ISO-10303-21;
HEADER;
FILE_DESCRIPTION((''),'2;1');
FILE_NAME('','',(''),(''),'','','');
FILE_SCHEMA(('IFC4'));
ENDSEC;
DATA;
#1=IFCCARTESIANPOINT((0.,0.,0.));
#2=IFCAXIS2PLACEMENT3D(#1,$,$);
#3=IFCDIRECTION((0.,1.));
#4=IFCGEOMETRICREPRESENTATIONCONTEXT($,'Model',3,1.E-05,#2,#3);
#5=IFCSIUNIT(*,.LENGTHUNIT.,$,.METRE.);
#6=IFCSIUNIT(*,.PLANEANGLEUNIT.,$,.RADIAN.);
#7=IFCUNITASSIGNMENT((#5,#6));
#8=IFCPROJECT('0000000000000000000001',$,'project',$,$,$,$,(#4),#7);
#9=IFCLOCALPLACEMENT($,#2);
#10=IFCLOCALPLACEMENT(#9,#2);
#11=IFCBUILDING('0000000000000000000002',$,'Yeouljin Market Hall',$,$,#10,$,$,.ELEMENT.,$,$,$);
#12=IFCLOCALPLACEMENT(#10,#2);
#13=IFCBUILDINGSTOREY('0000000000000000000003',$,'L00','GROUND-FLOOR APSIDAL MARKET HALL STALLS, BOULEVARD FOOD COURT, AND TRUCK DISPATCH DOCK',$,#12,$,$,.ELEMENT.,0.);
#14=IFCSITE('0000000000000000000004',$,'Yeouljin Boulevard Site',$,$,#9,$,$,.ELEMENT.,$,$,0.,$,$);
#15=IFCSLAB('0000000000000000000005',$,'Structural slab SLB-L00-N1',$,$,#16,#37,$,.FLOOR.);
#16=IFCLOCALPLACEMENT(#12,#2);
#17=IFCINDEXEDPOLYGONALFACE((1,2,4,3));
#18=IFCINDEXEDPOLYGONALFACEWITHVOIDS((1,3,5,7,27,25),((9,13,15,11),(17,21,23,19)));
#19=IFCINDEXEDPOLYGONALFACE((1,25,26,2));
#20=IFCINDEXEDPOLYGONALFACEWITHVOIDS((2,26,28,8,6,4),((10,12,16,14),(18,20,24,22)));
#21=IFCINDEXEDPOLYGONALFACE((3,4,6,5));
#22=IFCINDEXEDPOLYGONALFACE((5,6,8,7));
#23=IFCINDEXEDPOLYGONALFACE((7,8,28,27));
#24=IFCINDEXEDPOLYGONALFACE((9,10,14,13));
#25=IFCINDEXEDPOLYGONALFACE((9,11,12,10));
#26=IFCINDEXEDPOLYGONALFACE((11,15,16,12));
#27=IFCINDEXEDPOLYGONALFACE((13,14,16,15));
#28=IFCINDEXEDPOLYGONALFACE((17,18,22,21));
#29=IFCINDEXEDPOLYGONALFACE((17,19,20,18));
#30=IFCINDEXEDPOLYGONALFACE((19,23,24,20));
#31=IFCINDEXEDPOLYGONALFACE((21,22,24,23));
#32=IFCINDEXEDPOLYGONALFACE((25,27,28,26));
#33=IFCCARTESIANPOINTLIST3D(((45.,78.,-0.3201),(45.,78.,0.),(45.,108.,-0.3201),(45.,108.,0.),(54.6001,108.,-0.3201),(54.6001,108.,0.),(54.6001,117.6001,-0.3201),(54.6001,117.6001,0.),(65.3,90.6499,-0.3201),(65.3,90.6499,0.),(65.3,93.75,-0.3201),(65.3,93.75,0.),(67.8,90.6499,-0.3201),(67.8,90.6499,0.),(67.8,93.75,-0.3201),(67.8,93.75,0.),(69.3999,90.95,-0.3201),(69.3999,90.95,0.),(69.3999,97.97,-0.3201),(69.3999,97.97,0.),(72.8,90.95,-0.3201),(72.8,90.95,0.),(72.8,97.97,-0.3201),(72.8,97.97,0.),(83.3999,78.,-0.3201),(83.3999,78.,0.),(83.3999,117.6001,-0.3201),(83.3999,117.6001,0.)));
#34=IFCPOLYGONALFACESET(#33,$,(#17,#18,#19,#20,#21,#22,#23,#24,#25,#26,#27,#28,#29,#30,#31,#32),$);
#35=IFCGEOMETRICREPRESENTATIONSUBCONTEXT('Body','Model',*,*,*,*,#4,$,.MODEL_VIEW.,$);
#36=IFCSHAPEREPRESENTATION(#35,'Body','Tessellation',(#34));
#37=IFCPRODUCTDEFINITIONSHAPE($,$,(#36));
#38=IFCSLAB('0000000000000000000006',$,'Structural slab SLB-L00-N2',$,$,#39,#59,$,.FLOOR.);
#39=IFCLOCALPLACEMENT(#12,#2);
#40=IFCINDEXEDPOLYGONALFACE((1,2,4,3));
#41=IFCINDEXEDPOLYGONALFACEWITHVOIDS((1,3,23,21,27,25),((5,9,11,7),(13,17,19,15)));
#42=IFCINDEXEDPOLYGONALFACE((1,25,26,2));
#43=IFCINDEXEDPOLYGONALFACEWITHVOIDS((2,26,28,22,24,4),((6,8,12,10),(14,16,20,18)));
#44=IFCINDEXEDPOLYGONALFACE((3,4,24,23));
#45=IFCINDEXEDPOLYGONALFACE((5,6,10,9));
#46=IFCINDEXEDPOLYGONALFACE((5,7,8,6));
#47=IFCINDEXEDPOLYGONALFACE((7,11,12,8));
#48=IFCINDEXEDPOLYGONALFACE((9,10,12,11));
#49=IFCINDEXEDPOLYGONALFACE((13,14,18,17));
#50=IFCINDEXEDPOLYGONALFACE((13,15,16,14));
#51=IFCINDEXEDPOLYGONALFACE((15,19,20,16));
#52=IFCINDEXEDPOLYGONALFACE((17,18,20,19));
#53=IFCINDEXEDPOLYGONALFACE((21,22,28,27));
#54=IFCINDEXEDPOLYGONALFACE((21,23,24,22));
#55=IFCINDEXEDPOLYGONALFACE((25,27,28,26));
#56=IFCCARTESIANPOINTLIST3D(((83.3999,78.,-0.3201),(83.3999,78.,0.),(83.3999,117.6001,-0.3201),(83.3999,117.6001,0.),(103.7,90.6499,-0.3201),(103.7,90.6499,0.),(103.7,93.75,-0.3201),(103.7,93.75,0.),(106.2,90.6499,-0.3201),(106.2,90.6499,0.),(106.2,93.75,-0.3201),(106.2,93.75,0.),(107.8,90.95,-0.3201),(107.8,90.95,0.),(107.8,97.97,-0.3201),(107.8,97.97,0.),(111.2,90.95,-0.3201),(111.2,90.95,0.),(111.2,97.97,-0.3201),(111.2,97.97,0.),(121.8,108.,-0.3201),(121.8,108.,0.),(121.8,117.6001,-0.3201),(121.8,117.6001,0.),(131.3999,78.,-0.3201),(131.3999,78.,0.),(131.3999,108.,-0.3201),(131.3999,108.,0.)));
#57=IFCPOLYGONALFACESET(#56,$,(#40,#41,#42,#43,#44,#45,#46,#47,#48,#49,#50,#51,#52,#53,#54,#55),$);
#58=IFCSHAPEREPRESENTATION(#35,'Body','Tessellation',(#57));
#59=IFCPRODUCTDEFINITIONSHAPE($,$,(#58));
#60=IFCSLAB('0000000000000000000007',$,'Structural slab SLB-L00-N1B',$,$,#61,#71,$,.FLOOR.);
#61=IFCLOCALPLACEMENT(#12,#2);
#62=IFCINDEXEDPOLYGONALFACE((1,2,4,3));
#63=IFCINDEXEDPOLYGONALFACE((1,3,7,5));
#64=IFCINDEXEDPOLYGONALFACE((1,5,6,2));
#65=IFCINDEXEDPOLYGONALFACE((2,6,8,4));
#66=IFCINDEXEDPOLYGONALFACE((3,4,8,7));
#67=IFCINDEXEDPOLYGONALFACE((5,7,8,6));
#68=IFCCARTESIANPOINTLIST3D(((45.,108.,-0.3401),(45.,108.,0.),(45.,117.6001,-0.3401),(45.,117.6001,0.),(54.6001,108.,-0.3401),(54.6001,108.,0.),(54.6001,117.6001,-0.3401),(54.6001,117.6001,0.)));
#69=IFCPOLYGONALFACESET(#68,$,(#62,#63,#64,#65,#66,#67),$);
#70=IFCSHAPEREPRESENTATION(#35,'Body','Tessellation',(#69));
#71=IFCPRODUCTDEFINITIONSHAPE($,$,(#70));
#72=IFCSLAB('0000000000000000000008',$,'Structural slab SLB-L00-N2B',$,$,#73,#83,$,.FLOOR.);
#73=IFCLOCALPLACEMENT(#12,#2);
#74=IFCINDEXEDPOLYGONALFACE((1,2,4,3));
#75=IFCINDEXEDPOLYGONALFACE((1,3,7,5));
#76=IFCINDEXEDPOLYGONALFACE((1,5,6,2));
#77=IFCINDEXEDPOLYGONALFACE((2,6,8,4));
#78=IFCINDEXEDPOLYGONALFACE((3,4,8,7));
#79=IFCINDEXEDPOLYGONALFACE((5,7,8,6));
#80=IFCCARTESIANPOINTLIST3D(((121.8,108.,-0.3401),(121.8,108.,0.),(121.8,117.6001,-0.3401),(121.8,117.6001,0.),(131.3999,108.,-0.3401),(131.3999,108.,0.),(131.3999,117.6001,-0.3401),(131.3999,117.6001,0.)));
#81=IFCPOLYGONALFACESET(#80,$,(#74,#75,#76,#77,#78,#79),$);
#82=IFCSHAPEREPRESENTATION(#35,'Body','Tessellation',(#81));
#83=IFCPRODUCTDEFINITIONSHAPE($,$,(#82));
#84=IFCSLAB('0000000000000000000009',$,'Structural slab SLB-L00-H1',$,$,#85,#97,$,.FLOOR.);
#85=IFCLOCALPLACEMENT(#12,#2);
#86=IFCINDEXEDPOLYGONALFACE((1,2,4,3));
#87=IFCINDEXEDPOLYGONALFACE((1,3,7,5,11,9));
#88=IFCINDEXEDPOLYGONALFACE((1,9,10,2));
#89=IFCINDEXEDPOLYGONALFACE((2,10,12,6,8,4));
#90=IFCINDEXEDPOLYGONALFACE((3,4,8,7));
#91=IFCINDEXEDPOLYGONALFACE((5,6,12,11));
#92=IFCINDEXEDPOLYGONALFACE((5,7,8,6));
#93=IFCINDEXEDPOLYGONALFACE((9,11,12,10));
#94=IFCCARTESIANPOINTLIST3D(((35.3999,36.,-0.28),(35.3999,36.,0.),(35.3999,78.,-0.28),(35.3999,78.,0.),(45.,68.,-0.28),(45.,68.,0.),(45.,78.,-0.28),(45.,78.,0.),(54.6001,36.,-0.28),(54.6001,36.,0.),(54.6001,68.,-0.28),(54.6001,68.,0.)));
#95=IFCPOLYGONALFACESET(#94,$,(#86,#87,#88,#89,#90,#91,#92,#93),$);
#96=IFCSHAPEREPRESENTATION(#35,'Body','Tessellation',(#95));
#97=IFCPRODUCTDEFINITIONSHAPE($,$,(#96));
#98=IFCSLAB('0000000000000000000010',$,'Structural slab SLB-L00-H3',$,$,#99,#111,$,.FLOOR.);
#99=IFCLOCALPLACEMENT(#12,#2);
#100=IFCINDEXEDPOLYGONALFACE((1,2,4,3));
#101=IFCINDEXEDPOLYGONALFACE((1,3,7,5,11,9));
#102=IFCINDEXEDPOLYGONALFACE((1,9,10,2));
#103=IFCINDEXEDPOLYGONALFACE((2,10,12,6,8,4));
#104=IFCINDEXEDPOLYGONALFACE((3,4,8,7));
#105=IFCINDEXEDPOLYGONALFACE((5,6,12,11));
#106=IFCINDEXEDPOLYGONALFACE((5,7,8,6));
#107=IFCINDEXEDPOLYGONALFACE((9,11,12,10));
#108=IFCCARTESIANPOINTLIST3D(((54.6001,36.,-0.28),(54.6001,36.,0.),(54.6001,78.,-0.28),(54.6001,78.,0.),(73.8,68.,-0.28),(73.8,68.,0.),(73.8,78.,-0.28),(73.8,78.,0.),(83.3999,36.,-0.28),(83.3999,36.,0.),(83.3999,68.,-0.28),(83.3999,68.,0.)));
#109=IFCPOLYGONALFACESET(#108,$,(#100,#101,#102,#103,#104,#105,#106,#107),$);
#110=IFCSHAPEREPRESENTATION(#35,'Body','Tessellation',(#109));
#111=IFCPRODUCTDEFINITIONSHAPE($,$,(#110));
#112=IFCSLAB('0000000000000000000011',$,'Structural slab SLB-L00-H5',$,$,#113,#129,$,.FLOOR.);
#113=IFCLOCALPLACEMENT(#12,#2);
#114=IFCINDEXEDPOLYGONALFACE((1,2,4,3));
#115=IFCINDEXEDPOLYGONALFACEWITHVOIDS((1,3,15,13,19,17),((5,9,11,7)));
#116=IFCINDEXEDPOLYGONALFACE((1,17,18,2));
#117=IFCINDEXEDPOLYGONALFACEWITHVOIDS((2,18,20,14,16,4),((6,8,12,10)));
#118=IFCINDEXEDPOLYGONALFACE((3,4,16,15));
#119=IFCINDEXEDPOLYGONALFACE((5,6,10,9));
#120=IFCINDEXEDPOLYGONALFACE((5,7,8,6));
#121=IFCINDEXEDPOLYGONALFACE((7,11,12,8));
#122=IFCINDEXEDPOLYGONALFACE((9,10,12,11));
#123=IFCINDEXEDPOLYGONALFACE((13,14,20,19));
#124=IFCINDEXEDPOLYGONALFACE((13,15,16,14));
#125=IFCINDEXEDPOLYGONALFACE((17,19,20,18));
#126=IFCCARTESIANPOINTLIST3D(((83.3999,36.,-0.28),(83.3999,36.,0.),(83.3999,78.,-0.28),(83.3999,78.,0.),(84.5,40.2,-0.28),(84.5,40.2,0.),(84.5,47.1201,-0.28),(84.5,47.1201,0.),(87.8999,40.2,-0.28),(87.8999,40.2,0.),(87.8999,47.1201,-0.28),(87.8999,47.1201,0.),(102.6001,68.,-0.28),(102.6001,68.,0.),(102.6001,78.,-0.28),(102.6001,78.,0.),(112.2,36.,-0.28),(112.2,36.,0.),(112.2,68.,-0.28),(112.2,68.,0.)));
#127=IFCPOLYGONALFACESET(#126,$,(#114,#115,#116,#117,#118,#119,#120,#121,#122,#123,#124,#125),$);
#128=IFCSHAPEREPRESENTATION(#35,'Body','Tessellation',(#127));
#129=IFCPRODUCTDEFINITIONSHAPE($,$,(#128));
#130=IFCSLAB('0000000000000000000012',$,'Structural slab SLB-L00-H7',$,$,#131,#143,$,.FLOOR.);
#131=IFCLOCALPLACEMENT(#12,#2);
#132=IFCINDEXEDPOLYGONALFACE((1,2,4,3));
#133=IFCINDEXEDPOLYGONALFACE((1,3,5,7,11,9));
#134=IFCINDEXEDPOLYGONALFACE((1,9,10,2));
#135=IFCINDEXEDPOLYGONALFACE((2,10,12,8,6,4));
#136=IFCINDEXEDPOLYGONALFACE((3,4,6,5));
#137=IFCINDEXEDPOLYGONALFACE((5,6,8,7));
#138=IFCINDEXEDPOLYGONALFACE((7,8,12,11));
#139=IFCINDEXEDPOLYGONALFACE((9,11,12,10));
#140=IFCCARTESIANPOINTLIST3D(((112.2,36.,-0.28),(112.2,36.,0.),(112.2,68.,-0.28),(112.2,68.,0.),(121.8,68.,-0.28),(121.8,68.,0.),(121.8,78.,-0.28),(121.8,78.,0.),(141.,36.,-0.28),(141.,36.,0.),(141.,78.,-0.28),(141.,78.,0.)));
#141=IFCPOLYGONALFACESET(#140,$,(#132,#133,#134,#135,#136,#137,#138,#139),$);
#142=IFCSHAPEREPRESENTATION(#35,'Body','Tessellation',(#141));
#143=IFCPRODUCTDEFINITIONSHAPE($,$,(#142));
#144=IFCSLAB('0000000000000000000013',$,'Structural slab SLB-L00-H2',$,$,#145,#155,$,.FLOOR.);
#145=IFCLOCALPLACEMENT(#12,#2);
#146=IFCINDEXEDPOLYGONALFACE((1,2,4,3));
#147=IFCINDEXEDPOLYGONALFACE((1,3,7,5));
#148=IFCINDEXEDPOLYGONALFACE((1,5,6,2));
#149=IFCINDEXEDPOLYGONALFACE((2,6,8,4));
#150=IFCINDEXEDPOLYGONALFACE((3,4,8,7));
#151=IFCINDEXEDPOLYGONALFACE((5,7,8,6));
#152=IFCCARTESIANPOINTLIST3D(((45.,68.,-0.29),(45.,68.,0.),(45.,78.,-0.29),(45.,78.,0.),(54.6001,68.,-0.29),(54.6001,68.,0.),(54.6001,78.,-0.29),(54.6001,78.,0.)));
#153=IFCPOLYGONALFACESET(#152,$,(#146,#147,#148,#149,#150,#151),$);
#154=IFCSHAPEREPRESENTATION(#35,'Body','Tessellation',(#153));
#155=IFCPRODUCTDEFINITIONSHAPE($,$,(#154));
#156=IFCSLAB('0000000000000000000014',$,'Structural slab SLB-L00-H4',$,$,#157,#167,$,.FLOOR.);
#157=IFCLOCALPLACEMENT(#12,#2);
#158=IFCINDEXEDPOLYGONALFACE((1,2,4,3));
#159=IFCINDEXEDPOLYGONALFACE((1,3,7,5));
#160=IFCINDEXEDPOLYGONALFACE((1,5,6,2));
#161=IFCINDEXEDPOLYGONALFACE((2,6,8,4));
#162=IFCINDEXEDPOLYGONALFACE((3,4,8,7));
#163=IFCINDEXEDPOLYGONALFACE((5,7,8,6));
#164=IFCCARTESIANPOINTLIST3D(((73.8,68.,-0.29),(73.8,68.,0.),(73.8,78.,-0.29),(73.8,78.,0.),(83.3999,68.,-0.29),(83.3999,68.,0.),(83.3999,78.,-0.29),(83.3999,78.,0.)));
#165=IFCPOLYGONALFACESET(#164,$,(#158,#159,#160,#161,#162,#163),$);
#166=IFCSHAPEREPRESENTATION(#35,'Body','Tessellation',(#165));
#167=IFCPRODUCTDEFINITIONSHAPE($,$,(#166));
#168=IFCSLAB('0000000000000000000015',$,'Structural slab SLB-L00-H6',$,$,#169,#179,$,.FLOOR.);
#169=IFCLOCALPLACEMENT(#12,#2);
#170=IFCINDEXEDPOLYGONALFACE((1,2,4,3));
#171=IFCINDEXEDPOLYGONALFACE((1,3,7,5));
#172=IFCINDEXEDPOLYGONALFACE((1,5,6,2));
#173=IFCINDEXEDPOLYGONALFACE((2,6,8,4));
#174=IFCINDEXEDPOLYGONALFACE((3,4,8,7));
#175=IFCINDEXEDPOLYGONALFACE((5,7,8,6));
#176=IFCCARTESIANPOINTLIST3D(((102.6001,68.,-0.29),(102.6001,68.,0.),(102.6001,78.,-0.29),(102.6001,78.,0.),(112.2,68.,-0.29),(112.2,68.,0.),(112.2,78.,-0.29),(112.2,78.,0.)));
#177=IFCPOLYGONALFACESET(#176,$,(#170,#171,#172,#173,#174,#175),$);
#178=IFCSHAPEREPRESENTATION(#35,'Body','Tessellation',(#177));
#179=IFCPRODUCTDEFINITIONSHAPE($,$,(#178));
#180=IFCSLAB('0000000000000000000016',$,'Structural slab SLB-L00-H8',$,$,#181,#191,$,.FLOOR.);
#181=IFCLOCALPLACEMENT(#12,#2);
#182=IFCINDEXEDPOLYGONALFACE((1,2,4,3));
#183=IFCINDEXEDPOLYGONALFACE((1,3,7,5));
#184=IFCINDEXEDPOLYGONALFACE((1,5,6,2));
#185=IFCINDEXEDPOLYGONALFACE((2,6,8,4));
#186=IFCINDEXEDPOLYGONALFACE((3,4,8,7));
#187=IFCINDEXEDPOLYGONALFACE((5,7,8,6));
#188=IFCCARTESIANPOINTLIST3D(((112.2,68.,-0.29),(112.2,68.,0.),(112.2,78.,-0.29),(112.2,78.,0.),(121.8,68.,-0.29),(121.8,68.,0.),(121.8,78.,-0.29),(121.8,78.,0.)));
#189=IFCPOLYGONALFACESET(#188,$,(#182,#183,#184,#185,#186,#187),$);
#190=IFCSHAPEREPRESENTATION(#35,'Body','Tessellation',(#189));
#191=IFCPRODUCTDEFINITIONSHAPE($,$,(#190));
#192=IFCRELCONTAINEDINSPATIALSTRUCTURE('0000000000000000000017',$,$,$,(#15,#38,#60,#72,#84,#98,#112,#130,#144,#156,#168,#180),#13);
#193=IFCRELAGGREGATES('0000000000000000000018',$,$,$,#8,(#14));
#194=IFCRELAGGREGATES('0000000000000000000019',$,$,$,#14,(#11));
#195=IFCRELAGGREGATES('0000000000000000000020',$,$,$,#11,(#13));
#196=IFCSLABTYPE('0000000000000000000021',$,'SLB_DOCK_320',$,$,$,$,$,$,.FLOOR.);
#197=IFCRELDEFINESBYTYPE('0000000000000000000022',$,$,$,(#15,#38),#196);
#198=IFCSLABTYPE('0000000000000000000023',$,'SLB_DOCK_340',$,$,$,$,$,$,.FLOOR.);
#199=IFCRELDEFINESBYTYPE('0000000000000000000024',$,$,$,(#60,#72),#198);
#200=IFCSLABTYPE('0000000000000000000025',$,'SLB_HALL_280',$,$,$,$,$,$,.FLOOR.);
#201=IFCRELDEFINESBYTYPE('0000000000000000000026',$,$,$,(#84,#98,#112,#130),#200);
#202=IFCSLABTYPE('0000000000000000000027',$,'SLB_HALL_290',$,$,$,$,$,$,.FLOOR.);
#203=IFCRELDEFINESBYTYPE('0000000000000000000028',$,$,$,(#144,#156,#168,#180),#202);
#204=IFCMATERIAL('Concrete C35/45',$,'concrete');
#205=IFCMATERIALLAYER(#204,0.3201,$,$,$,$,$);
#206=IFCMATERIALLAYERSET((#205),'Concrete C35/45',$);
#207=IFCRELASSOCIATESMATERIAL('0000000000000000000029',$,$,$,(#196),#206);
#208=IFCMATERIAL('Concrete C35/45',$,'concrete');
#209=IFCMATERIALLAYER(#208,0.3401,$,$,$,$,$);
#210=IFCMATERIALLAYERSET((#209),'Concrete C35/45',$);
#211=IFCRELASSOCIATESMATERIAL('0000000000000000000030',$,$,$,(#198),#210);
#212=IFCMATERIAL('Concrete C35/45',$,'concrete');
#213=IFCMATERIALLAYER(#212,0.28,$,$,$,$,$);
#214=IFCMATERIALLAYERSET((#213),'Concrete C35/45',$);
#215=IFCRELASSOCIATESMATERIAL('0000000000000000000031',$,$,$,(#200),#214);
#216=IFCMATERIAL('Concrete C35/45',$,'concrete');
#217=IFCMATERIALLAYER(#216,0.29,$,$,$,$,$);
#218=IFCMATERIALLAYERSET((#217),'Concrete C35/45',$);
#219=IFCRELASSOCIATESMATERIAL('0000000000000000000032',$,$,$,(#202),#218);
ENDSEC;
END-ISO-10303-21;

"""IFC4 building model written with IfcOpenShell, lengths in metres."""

from ifc_helpers import new_model, si_unit, direction, frame, origin, place, context, subcontext, project, spatial, polyline, outline, extrude, material, layer, layer_set, type_object, element, save


model = new_model("IFC4")

# Units and contexts
model_context = context("Model", 3, precision=1e-05, world=origin(), true_north=direction((0.0, 1.0)))
body_context = subcontext(model_context, "Body", "Model", "MODEL_VIEW")
ifc_project = project(units=[si_unit("LENGTHUNIT", "METRE"), si_unit("PLANEANGLEUNIT", "RADIAN")], contexts=[model_context])

# Site, building, storey
site_placement = place(None, origin())
site = spatial("IfcSite", under=ifc_project, at=site_placement, Name="Yeouljin Boulevard Site", CompositionType="ELEMENT", RefElevation=0.0)
building_placement = place(site_placement, origin())
building = spatial("IfcBuilding", under=site, at=building_placement, Name="Yeouljin Market Hall", CompositionType="ELEMENT")
storey_placement = place(building_placement, origin())
storey = spatial("IfcBuildingStorey", under=building, at=storey_placement, Name="L00", Description="GROUND-FLOOR APSIDAL MARKET HALL STALLS, BOULEVARD FOOD COURT, AND TRUCK DISPATCH DOCK", CompositionType="ELEMENT", Elevation=0.0)

# Slabs
ifc_material_1 = material(Name="Concrete C35/45", Category="concrete")
ifc_layer_1 = layer(ifc_material_1, 0.3201)
ifc_layer_set_1 = layer_set([ifc_layer_1], Name="Concrete C35/45")
slab_type_1 = type_object("IfcSlabType", Name="SLB_DOCK_320", PredefinedType="FLOOR", material=ifc_layer_set_1)
slab_1_placement = place(storey_placement, frame((0.0, 0.0, -0.3201)))
element("IfcSlab", 1, at=slab_1_placement, inside=storey, type_object=slab_type_1, Name="Structural slab SLB-L00-N1", PredefinedType="FLOOR", context=body_context, shape_type="SweptSolid", body=[
    extrude(outline(polyline([(45.0, 78.0), (83.3999, 78.0), (83.3999, 117.6001), (54.6001, 117.6001), (54.6001, 108.0), (45.0, 108.0), (45.0, 78.0)]), holes=[polyline([(69.3999, 90.95), (72.8, 90.95), (72.8, 97.97), (69.3999, 97.97), (69.3999, 90.95)]), polyline([(65.3, 90.6499), (67.8, 90.6499), (67.8, 93.75), (65.3, 93.75), (65.3, 90.6499)])]), origin(), (0.0, 0.0, 1.0), 0.3201),
])
slab_2_placement = place(storey_placement, frame((0.0, 0.0, -0.3201)))
element("IfcSlab", 2, at=slab_2_placement, inside=storey, type_object=slab_type_1, Name="Structural slab SLB-L00-N2", PredefinedType="FLOOR", context=body_context, shape_type="SweptSolid", body=[
    extrude(outline(polyline([(83.3999, 78.0), (131.3999, 78.0), (131.3999, 108.0), (121.8, 108.0), (121.8, 117.6001), (83.3999, 117.6001), (83.3999, 78.0)]), holes=[polyline([(107.8, 90.95), (111.2, 90.95), (111.2, 97.97), (107.8, 97.97), (107.8, 90.95)]), polyline([(103.7, 90.6499), (106.2, 90.6499), (106.2, 93.75), (103.7, 93.75), (103.7, 90.6499)])]), origin(), (0.0, 0.0, 1.0), 0.3201),
])
ifc_material_2 = material(Name="Concrete C35/45", Category="concrete")
ifc_layer_2 = layer(ifc_material_2, 0.3401)
ifc_layer_set_2 = layer_set([ifc_layer_2], Name="Concrete C35/45")
slab_type_2 = type_object("IfcSlabType", Name="SLB_DOCK_340", PredefinedType="FLOOR", material=ifc_layer_set_2)
slab_3_placement = place(storey_placement, frame((0.0, 0.0, -0.3401)))
element("IfcSlab", 3, at=slab_3_placement, inside=storey, type_object=slab_type_2, Name="Structural slab SLB-L00-N1B", PredefinedType="FLOOR", context=body_context, shape_type="SweptSolid", body=[
    extrude(outline(polyline([(45.0, 108.0), (54.6001, 108.0), (54.6001, 117.6001), (45.0, 117.6001), (45.0, 108.0)])), origin(), (0.0, 0.0, 1.0), 0.3401),
])
slab_4_placement = place(storey_placement, frame((0.0, 0.0, -0.3401)))
element("IfcSlab", 4, at=slab_4_placement, inside=storey, type_object=slab_type_2, Name="Structural slab SLB-L00-N2B", PredefinedType="FLOOR", context=body_context, shape_type="SweptSolid", body=[
    extrude(outline(polyline([(121.8, 108.0), (131.3999, 108.0), (131.3999, 117.6001), (121.8, 117.6001), (121.8, 108.0)])), origin(), (0.0, 0.0, 1.0), 0.3401),
])
ifc_material_3 = material(Name="Concrete C35/45", Category="concrete")
ifc_layer_3 = layer(ifc_material_3, 0.28)
ifc_layer_set_3 = layer_set([ifc_layer_3], Name="Concrete C35/45")
slab_type_3 = type_object("IfcSlabType", Name="SLB_HALL_280", PredefinedType="FLOOR", material=ifc_layer_set_3)
slab_5_placement = place(storey_placement, frame((0.0, 0.0, -0.28)))
element("IfcSlab", 5, at=slab_5_placement, inside=storey, type_object=slab_type_3, Name="Structural slab SLB-L00-H1", PredefinedType="FLOOR", context=body_context, shape_type="SweptSolid", body=[
    extrude(outline(polyline([(35.3999, 36.0), (54.6001, 36.0), (54.6001, 68.0), (45.0, 68.0), (45.0, 78.0), (35.3999, 78.0), (35.3999, 36.0)])), origin(), (0.0, 0.0, 1.0), 0.28),
])
slab_6_placement = place(storey_placement, frame((0.0, 0.0, -0.28)))
element("IfcSlab", 6, at=slab_6_placement, inside=storey, type_object=slab_type_3, Name="Structural slab SLB-L00-H3", PredefinedType="FLOOR", context=body_context, shape_type="SweptSolid", body=[
    extrude(outline(polyline([(54.6001, 36.0), (83.3999, 36.0), (83.3999, 68.0), (73.8, 68.0), (73.8, 78.0), (54.6001, 78.0), (54.6001, 36.0)])), origin(), (0.0, 0.0, 1.0), 0.28),
])
slab_7_placement = place(storey_placement, frame((0.0, 0.0, -0.28)))
element("IfcSlab", 7, at=slab_7_placement, inside=storey, type_object=slab_type_3, Name="Structural slab SLB-L00-H5", PredefinedType="FLOOR", context=body_context, shape_type="SweptSolid", body=[
    extrude(outline(polyline([(83.3999, 36.0), (112.2, 36.0), (112.2, 68.0), (102.6001, 68.0), (102.6001, 78.0), (83.3999, 78.0), (83.3999, 36.0)]), holes=[polyline([(84.5, 40.2), (87.8999, 40.2), (87.8999, 47.1201), (84.5, 47.1201), (84.5, 40.2)])]), origin(), (0.0, 0.0, 1.0), 0.28),
])
slab_8_placement = place(storey_placement, frame((0.0, 0.0, -0.28)))
element("IfcSlab", 8, at=slab_8_placement, inside=storey, type_object=slab_type_3, Name="Structural slab SLB-L00-H7", PredefinedType="FLOOR", context=body_context, shape_type="SweptSolid", body=[
    extrude(outline(polyline([(112.2, 36.0), (141.0, 36.0), (141.0, 78.0), (121.8, 78.0), (121.8, 68.0), (112.2, 68.0), (112.2, 36.0)])), origin(), (0.0, 0.0, 1.0), 0.28),
])
ifc_material_4 = material(Name="Concrete C35/45", Category="concrete")
ifc_layer_4 = layer(ifc_material_4, 0.29)
ifc_layer_set_4 = layer_set([ifc_layer_4], Name="Concrete C35/45")
slab_type_4 = type_object("IfcSlabType", Name="SLB_HALL_290", PredefinedType="FLOOR", material=ifc_layer_set_4)
slab_9_placement = place(storey_placement, frame((0.0, 0.0, -0.29)))
element("IfcSlab", 9, at=slab_9_placement, inside=storey, type_object=slab_type_4, Name="Structural slab SLB-L00-H2", PredefinedType="FLOOR", context=body_context, shape_type="SweptSolid", body=[
    extrude(outline(polyline([(45.0, 68.0), (54.6001, 68.0), (54.6001, 78.0), (45.0, 78.0), (45.0, 68.0)])), origin(), (0.0, 0.0, 1.0), 0.29),
])
slab_10_placement = place(storey_placement, frame((0.0, 0.0, -0.29)))
element("IfcSlab", 10, at=slab_10_placement, inside=storey, type_object=slab_type_4, Name="Structural slab SLB-L00-H4", PredefinedType="FLOOR", context=body_context, shape_type="SweptSolid", body=[
    extrude(outline(polyline([(73.8, 68.0), (83.3999, 68.0), (83.3999, 78.0), (73.8, 78.0), (73.8, 68.0)])), origin(), (0.0, 0.0, 1.0), 0.29),
])
slab_11_placement = place(storey_placement, frame((0.0, 0.0, -0.29)))
element("IfcSlab", 11, at=slab_11_placement, inside=storey, type_object=slab_type_4, Name="Structural slab SLB-L00-H6", PredefinedType="FLOOR", context=body_context, shape_type="SweptSolid", body=[
    extrude(outline(polyline([(102.6001, 68.0), (112.2, 68.0), (112.2, 78.0), (102.6001, 78.0), (102.6001, 68.0)])), origin(), (0.0, 0.0, 1.0), 0.29),
])
slab_12_placement = place(storey_placement, frame((0.0, 0.0, -0.29)))
element("IfcSlab", 12, at=slab_12_placement, inside=storey, type_object=slab_type_4, Name="Structural slab SLB-L00-H8", PredefinedType="FLOOR", context=body_context, shape_type="SweptSolid", body=[
    extrude(outline(polyline([(112.2, 68.0), (121.8, 68.0), (121.8, 78.0), (112.2, 78.0), (112.2, 68.0)])), origin(), (0.0, 0.0, 1.0), 0.29),
])

save(model, "model.ifc")
